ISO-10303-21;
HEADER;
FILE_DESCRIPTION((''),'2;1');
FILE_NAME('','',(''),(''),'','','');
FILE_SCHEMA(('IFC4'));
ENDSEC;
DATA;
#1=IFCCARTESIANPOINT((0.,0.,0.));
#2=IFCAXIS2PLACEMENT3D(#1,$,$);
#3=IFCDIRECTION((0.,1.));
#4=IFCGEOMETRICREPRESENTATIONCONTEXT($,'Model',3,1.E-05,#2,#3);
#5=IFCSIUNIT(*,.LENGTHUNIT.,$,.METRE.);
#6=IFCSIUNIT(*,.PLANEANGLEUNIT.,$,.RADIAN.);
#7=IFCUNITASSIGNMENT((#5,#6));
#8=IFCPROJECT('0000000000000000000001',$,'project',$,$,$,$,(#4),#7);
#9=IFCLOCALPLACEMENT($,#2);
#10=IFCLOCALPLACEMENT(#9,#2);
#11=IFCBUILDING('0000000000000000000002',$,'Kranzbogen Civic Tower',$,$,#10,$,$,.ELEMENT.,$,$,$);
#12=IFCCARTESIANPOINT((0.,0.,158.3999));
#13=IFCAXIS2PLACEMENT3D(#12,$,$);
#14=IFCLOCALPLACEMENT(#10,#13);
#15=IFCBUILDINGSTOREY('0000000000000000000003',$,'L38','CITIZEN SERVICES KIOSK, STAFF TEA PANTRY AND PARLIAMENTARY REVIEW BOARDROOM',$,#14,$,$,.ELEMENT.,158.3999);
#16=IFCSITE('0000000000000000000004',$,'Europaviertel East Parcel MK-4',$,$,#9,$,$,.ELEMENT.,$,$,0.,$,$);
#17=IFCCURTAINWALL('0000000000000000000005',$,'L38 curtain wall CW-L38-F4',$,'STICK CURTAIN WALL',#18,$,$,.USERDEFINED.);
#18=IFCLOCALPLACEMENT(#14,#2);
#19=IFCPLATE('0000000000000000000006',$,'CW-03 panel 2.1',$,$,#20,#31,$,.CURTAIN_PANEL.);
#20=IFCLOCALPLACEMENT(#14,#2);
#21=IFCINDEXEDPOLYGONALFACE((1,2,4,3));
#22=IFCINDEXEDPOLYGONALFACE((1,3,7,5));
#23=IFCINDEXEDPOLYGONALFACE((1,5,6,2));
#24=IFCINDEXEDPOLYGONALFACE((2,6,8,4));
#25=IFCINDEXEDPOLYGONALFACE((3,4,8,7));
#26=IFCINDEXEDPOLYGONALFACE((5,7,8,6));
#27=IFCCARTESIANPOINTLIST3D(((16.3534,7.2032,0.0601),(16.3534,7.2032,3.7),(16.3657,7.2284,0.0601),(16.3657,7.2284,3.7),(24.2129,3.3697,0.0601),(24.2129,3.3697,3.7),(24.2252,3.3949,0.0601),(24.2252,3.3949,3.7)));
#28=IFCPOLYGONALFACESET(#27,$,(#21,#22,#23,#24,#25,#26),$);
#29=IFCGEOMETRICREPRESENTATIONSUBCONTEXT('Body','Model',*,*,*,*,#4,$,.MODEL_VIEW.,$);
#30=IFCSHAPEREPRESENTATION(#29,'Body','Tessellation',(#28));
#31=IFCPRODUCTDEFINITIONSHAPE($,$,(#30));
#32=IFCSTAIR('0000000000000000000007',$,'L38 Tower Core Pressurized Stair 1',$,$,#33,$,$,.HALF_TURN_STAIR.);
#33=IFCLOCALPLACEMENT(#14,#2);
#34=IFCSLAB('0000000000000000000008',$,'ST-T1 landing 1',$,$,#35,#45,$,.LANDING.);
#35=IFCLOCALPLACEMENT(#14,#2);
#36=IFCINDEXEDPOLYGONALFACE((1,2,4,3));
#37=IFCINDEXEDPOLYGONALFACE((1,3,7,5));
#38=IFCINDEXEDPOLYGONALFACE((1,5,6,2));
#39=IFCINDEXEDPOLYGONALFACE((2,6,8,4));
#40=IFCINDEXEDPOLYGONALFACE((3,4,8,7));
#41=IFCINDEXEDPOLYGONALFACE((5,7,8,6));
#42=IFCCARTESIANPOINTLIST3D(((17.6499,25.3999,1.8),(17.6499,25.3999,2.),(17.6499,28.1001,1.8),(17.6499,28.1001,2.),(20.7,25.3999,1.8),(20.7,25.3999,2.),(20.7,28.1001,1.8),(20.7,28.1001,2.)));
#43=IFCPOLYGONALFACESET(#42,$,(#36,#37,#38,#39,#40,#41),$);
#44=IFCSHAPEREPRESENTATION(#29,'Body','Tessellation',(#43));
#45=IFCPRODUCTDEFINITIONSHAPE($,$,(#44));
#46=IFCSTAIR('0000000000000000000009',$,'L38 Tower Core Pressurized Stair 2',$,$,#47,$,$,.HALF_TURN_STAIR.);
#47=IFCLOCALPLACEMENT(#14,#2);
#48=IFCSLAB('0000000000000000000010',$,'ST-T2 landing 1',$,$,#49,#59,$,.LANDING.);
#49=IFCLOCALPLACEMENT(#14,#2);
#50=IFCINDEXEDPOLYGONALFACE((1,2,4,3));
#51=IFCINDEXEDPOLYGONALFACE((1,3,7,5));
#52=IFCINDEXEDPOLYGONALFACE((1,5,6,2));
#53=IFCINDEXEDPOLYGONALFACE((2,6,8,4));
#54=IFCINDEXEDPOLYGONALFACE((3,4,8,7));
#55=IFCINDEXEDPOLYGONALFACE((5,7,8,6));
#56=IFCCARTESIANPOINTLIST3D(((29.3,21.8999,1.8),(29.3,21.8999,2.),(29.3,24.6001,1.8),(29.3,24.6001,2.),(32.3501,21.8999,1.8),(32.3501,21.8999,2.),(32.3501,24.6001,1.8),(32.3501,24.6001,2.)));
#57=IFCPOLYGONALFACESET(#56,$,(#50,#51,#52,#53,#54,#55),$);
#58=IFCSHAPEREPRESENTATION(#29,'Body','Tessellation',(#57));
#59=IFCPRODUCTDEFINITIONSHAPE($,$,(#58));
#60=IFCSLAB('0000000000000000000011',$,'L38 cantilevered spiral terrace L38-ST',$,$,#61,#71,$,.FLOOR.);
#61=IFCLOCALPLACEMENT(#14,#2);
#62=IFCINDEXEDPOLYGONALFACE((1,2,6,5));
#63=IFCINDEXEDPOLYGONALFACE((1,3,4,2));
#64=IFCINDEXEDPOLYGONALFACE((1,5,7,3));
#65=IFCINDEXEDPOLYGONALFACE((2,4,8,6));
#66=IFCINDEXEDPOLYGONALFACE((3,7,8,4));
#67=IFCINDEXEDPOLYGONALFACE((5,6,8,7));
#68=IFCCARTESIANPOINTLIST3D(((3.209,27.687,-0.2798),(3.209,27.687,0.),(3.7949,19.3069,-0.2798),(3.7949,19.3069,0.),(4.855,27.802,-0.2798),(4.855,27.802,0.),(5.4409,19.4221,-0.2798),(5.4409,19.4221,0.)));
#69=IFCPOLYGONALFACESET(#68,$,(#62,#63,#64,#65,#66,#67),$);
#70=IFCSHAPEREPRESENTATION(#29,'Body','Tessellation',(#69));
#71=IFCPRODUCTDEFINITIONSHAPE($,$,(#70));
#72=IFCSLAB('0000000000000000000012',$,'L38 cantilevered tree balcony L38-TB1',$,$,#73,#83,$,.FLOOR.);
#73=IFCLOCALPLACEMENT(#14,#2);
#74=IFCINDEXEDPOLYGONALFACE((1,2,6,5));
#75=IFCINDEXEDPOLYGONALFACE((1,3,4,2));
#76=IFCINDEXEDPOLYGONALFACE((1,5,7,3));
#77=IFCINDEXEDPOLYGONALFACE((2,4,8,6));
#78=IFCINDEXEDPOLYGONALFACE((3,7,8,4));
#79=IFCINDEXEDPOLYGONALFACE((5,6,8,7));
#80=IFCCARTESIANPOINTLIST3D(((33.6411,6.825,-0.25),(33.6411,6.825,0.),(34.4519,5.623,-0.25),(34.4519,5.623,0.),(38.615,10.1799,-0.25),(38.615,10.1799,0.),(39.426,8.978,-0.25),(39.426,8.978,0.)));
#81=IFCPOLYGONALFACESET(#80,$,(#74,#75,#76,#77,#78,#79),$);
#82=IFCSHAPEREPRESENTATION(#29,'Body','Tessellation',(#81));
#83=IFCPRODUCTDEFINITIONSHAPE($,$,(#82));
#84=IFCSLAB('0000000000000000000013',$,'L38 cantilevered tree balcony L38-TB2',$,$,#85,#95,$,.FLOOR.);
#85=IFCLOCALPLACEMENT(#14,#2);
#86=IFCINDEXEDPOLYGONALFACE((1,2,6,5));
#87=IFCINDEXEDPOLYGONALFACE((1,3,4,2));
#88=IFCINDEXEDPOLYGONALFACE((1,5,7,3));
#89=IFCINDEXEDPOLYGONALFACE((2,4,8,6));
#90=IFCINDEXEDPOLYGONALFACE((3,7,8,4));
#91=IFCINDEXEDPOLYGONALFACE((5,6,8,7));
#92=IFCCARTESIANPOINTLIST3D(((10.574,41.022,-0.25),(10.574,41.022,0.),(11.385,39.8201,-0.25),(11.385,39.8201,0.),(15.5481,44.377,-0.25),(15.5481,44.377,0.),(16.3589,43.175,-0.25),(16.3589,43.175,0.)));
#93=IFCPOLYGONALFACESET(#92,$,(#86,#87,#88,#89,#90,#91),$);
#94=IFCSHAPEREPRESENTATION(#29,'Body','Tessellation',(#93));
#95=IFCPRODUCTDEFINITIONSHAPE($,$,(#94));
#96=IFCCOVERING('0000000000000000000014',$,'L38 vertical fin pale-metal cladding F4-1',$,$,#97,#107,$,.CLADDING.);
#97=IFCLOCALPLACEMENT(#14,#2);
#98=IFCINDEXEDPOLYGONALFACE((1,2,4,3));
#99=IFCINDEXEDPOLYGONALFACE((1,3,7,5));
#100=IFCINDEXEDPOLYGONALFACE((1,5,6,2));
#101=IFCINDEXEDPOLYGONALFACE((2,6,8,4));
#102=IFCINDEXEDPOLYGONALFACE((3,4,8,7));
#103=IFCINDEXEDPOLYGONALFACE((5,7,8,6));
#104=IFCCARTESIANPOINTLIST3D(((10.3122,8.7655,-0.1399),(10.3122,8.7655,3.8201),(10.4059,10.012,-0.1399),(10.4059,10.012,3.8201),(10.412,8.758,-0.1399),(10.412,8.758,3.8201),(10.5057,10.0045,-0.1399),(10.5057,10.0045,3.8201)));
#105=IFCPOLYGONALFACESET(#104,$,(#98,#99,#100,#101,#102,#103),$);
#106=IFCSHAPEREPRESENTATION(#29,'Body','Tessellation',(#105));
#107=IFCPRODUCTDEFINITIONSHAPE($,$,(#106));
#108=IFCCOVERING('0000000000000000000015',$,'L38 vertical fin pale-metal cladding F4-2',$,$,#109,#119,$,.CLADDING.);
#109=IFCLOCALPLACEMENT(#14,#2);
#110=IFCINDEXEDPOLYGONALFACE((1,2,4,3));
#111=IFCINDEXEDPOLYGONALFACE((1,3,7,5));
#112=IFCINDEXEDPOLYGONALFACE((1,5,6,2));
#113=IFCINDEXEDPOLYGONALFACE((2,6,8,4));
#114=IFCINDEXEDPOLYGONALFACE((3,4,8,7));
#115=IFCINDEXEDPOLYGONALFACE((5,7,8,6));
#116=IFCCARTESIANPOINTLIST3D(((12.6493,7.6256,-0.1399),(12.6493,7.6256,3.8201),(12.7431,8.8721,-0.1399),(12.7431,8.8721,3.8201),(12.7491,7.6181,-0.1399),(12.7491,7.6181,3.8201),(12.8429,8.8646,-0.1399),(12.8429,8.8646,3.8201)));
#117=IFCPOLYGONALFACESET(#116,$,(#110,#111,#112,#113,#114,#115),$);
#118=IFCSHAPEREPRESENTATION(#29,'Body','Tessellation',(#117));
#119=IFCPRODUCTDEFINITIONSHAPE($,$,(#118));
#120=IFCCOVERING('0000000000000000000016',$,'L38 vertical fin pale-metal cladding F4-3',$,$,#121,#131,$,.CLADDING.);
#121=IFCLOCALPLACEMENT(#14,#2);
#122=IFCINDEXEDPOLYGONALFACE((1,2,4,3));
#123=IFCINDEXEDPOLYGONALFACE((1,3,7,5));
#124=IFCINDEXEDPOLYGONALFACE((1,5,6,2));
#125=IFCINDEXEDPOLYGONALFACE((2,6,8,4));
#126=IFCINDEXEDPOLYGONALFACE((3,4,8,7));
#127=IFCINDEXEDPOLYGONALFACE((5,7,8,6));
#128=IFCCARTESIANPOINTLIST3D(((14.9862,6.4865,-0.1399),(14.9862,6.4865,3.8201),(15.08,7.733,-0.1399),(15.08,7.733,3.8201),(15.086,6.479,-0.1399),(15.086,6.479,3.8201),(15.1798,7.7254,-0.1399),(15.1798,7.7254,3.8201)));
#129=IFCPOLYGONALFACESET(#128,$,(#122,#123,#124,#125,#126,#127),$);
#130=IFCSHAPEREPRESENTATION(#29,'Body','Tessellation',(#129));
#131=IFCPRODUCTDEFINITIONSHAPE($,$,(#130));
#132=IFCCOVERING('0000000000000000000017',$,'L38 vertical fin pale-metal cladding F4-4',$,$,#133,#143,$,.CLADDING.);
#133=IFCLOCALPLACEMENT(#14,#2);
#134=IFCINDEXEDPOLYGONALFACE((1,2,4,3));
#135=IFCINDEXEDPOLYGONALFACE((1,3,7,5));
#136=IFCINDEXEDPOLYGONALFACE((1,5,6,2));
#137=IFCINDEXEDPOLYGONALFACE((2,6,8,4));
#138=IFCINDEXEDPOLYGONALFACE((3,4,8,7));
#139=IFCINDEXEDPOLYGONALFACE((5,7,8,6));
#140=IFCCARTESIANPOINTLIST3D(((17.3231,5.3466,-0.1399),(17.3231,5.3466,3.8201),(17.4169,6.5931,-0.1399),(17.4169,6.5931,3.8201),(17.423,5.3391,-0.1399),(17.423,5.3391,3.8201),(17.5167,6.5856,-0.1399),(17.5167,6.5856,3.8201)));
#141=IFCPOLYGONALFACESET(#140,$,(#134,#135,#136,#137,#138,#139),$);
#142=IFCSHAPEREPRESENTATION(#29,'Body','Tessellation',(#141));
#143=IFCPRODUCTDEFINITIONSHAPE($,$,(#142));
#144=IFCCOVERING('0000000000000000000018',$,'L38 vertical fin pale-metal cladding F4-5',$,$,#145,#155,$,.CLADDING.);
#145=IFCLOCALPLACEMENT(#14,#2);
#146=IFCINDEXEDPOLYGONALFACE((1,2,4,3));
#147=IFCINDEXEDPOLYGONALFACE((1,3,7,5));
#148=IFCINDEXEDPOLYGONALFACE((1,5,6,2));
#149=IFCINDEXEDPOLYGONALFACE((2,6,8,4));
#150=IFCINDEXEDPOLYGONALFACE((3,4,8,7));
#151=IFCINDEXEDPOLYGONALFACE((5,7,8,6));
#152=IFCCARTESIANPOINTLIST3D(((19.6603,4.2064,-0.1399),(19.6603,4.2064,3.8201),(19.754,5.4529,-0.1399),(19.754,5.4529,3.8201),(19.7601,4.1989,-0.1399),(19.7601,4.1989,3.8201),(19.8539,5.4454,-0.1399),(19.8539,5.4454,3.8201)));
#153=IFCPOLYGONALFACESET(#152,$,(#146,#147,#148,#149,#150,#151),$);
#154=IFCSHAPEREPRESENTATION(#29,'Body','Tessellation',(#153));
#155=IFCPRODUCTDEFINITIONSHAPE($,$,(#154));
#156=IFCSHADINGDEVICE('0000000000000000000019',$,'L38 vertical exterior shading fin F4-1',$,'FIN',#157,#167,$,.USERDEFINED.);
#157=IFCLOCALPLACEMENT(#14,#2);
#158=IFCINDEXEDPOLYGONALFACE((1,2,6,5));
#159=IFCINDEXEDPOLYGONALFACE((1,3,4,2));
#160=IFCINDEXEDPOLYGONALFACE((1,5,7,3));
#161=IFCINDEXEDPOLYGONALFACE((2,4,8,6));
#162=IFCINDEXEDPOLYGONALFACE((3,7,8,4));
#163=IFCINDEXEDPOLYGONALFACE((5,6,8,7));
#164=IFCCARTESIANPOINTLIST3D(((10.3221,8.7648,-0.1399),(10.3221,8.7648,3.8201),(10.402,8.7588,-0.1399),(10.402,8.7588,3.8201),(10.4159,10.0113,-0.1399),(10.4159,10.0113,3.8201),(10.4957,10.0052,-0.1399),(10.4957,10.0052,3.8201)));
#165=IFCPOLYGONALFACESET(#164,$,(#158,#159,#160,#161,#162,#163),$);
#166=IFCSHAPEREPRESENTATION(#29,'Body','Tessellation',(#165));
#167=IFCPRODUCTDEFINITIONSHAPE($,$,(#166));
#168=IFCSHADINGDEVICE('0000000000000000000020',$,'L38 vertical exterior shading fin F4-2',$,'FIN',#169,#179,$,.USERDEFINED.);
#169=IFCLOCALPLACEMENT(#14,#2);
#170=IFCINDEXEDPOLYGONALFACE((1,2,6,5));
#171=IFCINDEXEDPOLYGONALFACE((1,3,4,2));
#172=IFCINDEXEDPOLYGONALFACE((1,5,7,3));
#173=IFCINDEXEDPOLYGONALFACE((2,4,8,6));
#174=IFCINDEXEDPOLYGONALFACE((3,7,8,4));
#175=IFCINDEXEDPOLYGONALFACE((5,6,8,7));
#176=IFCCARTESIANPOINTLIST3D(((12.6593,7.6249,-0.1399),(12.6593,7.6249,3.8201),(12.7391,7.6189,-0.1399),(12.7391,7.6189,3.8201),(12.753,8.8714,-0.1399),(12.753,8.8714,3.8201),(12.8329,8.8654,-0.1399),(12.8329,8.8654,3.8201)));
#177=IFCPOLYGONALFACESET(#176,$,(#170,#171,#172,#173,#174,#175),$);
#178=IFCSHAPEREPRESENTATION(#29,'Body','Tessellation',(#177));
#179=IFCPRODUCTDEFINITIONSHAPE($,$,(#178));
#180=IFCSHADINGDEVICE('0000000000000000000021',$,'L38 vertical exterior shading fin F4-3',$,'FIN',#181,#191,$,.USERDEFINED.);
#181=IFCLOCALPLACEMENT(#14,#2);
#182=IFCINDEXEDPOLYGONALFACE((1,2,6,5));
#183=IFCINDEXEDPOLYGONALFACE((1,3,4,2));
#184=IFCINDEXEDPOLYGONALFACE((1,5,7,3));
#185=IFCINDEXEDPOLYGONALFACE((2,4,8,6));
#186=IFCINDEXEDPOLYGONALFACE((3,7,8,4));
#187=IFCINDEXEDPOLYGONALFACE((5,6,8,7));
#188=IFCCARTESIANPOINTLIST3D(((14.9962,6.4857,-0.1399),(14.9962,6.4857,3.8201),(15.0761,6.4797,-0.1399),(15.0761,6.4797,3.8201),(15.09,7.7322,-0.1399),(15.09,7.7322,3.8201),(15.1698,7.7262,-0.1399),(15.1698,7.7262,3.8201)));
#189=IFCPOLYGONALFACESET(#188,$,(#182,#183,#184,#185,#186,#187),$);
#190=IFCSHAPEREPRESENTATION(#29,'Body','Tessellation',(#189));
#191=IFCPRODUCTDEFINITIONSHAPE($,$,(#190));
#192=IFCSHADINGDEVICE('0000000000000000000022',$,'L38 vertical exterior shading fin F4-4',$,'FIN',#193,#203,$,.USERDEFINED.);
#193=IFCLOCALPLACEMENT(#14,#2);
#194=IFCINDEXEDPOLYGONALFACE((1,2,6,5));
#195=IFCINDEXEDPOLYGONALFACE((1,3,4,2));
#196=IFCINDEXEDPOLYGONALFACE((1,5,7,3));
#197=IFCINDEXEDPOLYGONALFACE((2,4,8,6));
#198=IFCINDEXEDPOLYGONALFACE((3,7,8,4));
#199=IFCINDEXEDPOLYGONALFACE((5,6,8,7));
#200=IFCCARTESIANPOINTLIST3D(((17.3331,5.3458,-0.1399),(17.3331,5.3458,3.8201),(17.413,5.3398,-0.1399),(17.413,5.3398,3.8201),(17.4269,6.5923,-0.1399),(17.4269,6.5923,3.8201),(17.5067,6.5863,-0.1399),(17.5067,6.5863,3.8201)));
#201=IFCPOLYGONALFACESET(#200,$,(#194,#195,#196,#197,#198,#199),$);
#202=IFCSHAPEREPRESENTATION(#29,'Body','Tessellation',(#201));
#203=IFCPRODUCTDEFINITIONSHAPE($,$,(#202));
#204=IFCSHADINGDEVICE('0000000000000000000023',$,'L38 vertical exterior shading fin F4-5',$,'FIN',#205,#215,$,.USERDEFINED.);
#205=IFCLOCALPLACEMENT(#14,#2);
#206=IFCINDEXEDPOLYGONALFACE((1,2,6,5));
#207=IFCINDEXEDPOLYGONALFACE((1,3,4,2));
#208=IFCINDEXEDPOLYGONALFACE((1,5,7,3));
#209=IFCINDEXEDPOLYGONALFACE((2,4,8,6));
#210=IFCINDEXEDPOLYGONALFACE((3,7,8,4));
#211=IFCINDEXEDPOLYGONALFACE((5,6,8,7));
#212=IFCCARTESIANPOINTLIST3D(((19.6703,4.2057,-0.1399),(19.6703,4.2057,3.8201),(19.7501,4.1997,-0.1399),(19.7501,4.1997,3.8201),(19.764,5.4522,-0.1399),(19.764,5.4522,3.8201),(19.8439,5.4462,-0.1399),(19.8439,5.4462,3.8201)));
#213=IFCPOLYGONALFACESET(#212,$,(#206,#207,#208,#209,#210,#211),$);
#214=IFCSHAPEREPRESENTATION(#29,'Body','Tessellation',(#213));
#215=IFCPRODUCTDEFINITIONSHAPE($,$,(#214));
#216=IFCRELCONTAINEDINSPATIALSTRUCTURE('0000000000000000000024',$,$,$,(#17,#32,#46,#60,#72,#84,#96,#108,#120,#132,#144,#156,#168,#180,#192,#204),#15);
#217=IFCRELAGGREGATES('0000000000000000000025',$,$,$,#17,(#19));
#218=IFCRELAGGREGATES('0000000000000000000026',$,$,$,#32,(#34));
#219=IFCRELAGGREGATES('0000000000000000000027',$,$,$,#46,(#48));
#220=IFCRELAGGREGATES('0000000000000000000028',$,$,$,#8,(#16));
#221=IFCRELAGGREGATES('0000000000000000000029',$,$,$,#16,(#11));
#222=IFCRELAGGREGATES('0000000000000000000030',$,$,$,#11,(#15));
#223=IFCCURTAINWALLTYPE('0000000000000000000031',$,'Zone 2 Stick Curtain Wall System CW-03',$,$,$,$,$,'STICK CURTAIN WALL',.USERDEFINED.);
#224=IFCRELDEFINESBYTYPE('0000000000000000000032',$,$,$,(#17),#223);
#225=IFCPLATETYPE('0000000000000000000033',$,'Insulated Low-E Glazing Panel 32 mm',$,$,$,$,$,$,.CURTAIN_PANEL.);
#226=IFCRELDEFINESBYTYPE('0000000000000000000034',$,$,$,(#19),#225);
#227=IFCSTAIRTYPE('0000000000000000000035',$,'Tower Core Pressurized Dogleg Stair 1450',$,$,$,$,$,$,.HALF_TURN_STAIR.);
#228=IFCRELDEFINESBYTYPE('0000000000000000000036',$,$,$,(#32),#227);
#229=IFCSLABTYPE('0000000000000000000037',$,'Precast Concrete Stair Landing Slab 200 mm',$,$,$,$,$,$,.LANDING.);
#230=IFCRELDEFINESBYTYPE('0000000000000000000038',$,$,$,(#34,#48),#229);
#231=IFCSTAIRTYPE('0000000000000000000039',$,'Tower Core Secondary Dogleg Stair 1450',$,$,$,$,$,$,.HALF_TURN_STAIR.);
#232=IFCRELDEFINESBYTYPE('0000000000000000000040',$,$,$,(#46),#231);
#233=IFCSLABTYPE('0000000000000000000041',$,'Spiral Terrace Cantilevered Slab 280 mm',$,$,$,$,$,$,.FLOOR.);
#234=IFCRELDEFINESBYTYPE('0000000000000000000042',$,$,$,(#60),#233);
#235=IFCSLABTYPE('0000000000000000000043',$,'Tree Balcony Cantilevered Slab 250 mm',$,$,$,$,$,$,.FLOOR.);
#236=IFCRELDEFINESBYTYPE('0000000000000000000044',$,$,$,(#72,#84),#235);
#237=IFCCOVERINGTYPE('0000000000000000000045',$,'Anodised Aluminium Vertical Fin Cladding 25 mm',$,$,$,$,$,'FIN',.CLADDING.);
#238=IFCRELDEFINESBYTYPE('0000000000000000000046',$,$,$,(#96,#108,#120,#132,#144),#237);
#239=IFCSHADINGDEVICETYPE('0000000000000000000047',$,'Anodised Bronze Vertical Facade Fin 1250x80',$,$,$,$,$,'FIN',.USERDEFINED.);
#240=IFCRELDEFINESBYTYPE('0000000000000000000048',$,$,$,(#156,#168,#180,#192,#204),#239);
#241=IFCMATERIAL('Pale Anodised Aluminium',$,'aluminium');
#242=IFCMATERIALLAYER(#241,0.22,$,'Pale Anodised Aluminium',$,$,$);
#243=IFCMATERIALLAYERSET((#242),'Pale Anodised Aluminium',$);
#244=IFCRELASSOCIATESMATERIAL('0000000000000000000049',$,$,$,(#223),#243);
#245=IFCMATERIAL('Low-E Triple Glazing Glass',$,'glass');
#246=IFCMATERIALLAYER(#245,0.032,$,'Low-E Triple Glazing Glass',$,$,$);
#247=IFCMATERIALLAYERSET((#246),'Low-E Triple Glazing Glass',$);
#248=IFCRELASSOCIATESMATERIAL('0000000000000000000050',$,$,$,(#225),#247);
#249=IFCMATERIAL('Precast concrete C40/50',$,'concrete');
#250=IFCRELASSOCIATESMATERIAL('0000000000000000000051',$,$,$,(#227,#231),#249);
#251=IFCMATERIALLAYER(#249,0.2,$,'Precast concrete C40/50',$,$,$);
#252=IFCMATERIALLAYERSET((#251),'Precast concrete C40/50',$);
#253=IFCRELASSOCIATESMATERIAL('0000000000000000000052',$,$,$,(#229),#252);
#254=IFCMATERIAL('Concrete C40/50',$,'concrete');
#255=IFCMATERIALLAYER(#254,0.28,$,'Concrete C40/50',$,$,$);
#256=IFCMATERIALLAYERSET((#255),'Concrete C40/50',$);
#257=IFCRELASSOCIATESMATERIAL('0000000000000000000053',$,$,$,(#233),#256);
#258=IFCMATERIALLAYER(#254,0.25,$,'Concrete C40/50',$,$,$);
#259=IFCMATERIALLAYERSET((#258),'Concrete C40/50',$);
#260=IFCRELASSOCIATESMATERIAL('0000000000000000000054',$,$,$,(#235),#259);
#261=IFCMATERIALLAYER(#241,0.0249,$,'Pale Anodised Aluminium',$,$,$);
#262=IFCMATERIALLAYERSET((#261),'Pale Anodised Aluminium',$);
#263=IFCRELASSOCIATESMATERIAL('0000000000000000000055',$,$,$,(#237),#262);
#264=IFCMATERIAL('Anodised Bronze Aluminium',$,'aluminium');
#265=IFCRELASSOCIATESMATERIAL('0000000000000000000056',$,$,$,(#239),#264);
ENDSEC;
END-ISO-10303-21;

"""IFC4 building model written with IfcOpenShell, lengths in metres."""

from ifc_helpers import new_model, si_unit, direction, frame, origin, origin_2d, place, context, subcontext, project, spatial, polyline, rectangle, outline, extrude, material, layer, layer_set, type_object, element, aggregate, save


model = new_model("IFC4")

# Units and contexts
model_context = context("Model", 3, precision=1e-05, world=origin(), true_north=direction((0.0, 1.0)))
body_context = subcontext(model_context, "Body", "Model", "MODEL_VIEW")
ifc_project = project(units=[si_unit("LENGTHUNIT", "METRE"), si_unit("PLANEANGLEUNIT", "RADIAN")], contexts=[model_context])

# Site, building, storey
site_placement = place(None, origin())
site = spatial("IfcSite", under=ifc_project, at=site_placement, Name="Europaviertel East Parcel MK-4", CompositionType="ELEMENT", RefElevation=0.0)
building_placement = place(site_placement, origin())
building = spatial("IfcBuilding", under=site, at=building_placement, Name="Kranzbogen Civic Tower", CompositionType="ELEMENT")
storey_placement = place(building_placement, frame((0.0, 0.0, 158.3999)))
storey = spatial("IfcBuildingStorey", under=building, at=storey_placement, Name="L38", Description="CITIZEN SERVICES KIOSK, STAFF TEA PANTRY AND PARLIAMENTARY REVIEW BOARDROOM", CompositionType="ELEMENT", Elevation=158.3999)

# Curtain wall
ifc_material_1 = material(Name="Pale Anodised Aluminium", Category="aluminium")
ifc_layer_1 = layer(ifc_material_1, 0.22, Name="Pale Anodised Aluminium")
ifc_layer_set_1 = layer_set([ifc_layer_1], Name="Pale Anodised Aluminium")
curtain_wall_type = type_object("IfcCurtainWallType", Name="Zone 2 Stick Curtain Wall System CW-03", ElementType="STICK CURTAIN WALL", PredefinedType="USERDEFINED", material=ifc_layer_set_1)
curtain_wall_placement = place(storey_placement, origin())
curtain_wall = element("IfcCurtainWall", 1, at=curtain_wall_placement, inside=storey, type_object=curtain_wall_type, Name="L38 curtain wall CW-L38-F4", ObjectType="STICK CURTAIN WALL", PredefinedType="USERDEFINED")

# Shared definitions
ifc_material_2 = material(Name="Concrete C40/50", Category="concrete")

# Plate
ifc_material_3 = material(Name="Low-E Triple Glazing Glass", Category="glass")
ifc_layer_2 = layer(ifc_material_3, 0.032, Name="Low-E Triple Glazing Glass")
ifc_layer_set_2 = layer_set([ifc_layer_2], Name="Low-E Triple Glazing Glass")
plate_type = type_object("IfcPlateType", Name="Insulated Low-E Glazing Panel 32 mm", PredefinedType="CURTAIN_PANEL", material=ifc_layer_set_2)
plate_1_placement = place(storey_placement, frame((20.2893, 5.2991, 0.0601), z_axis=(0.0, 0.0, 1.0), x_axis=(0.898787, -0.438386, 0.0)))
plate_1 = element("IfcPlate", 2, at=plate_1_placement, type_object=plate_type, Name="CW-03 panel 2.1", PredefinedType="CURTAIN_PANEL", context=body_context, shape_type="SweptSolid", body=[
    extrude(rectangle(XDim=8.7446, YDim=0.0281, at=origin_2d()), origin(), (0.0, 0.0, 1.0), 3.6399),
])
aggregate(curtain_wall, [plate_1])

# Stairs, slabs
ifc_material_4 = material(Name="Precast concrete C40/50", Category="concrete")
stair_type_1 = type_object("IfcStairType", Name="Tower Core Pressurized Dogleg Stair 1450", PredefinedType="HALF_TURN_STAIR", material=ifc_material_4)
stair_1_placement = place(storey_placement, origin())
stair_1 = element("IfcStair", 3, at=stair_1_placement, inside=storey, type_object=stair_type_1, Name="L38 Tower Core Pressurized Stair 1", PredefinedType="HALF_TURN_STAIR")
ifc_layer_3 = layer(ifc_material_4, 0.2, Name="Precast concrete C40/50")
ifc_layer_set_3 = layer_set([ifc_layer_3], Name="Precast concrete C40/50")
slab_type_1 = type_object("IfcSlabType", Name="Precast Concrete Stair Landing Slab 200 mm", PredefinedType="LANDING", material=ifc_layer_set_3)
slab_1_placement = place(storey_placement, frame((0.0, 0.0, 1.8)))
slab_1 = element("IfcSlab", 4, at=slab_1_placement, type_object=slab_type_1, Name="ST-T1 landing 1", PredefinedType="LANDING", context=body_context, shape_type="SweptSolid", body=[
    extrude(outline(polyline([(20.7, 25.3999), (20.7, 28.1001), (17.6499, 28.1001), (17.6499, 25.3999), (20.7, 25.3999)])), origin(), (0.0, 0.0, 1.0), 0.2),
])
aggregate(stair_1, [slab_1])
stair_type_2 = type_object("IfcStairType", Name="Tower Core Secondary Dogleg Stair 1450", PredefinedType="HALF_TURN_STAIR", material=ifc_material_4)
stair_2_placement = place(storey_placement, origin())
stair_2 = element("IfcStair", 5, at=stair_2_placement, inside=storey, type_object=stair_type_2, Name="L38 Tower Core Pressurized Stair 2", PredefinedType="HALF_TURN_STAIR")
slab_2_placement = place(storey_placement, frame((0.0, 0.0, 1.8)))
slab_2 = element("IfcSlab", 6, at=slab_2_placement, type_object=slab_type_1, Name="ST-T2 landing 1", PredefinedType="LANDING", context=body_context, shape_type="SweptSolid", body=[
    extrude(outline(polyline([(29.3, 24.6001), (29.3, 21.8999), (32.3501, 21.8999), (32.3501, 24.6001), (29.3, 24.6001)])), origin(), (0.0, 0.0, 1.0), 0.2),
])
aggregate(stair_2, [slab_2])

# Slabs
ifc_layer_4 = layer(ifc_material_2, 0.28, Name="Concrete C40/50")
ifc_layer_set_4 = layer_set([ifc_layer_4], Name="Concrete C40/50")
slab_type_2 = type_object("IfcSlabType", Name="Spiral Terrace Cantilevered Slab 280 mm", PredefinedType="FLOOR", material=ifc_layer_set_4)
slab_3_placement = place(storey_placement, frame((0.0, 0.0, -0.2798)))
element("IfcSlab", 7, at=slab_3_placement, inside=storey, type_object=slab_type_2, Name="L38 cantilevered spiral terrace L38-ST", PredefinedType="FLOOR", context=body_context, shape_type="SweptSolid", body=[
    extrude(outline(polyline([(4.855, 27.802), (5.4409, 19.4221), (3.7949, 19.3069), (3.209, 27.687), (4.855, 27.802)])), origin(), (0.0, 0.0, 1.0), 0.2798),
])
ifc_layer_5 = layer(ifc_material_2, 0.25, Name="Concrete C40/50")
ifc_layer_set_5 = layer_set([ifc_layer_5], Name="Concrete C40/50")
slab_type_3 = type_object("IfcSlabType", Name="Tree Balcony Cantilevered Slab 250 mm", PredefinedType="FLOOR", material=ifc_layer_set_5)
slab_4_placement = place(storey_placement, frame((0.0, 0.0, -0.25)))
element("IfcSlab", 8, at=slab_4_placement, inside=storey, type_object=slab_type_3, Name="L38 cantilevered tree balcony L38-TB1", PredefinedType="FLOOR", context=body_context, shape_type="SweptSolid", body=[
    extrude(outline(polyline([(33.6411, 6.825), (38.615, 10.1799), (39.426, 8.978), (34.4519, 5.623), (33.6411, 6.825)])), origin(), (0.0, 0.0, 1.0), 0.25),
])
slab_5_placement = place(storey_placement, frame((0.0, 0.0, -0.25)))
element("IfcSlab", 9, at=slab_5_placement, inside=storey, type_object=slab_type_3, Name="L38 cantilevered tree balcony L38-TB2", PredefinedType="FLOOR", context=body_context, shape_type="SweptSolid", body=[
    extrude(outline(polyline([(16.3589, 43.175), (11.385, 39.8201), (10.574, 41.022), (15.5481, 44.377), (16.3589, 43.175)])), origin(), (0.0, 0.0, 1.0), 0.25),
])

# Coverings
ifc_layer_6 = layer(ifc_material_1, 0.0249, Name="Pale Anodised Aluminium")
ifc_layer_set_6 = layer_set([ifc_layer_6], Name="Pale Anodised Aluminium")
covering_type_1 = type_object("IfcCoveringType", Name="Anodised Aluminium Vertical Fin Cladding 25 mm", ElementType="FIN", PredefinedType="CLADDING", material=ifc_layer_set_6)
for number, where, z_axis, x_axis, name in (
    (10, (10.4089, 9.385, -0.1399), (0.0, 0.0, 1.0), (-0.074996, -0.997184, 0.0), "L38 vertical fin pale-metal cladding F4-1"),
    (11, (12.7461, 8.2451, -0.1399), (0.0, 0.0, 1.0), (-0.074996, -0.997184, 0.0), "L38 vertical fin pale-metal cladding F4-2"),
    (12, (15.083, 7.106, -0.1399), (0.0, 0.0, 1.0), (-0.074996, -0.997184, 0.0), "L38 vertical fin pale-metal cladding F4-3"),
    (13, (17.4199, 5.9661, -0.1399), (0.0, 0.0, 1.0), (-0.074996, -0.997184, 0.0), "L38 vertical fin pale-metal cladding F4-4"),
    (14, (19.7571, 4.8259, -0.1399), (0.0, 0.0, 1.0), (-0.074996, -0.997184, 0.0), "L38 vertical fin pale-metal cladding F4-5"),
):
    element("IfcCovering", number, at=place(storey_placement, frame(where, z_axis=z_axis, x_axis=x_axis)), inside=storey, type_object=covering_type_1, Name=name, PredefinedType="CLADDING", context=body_context, shape_type="SweptSolid", body=[
        extrude(rectangle(XDim=1.25, YDim=0.1001, at=origin_2d()), origin(), (0.0, 0.0, 1.0), 3.96),
    ])

# Shading devices
ifc_material_5 = material(Name="Anodised Bronze Aluminium", Category="aluminium")
shading_device_type = type_object("IfcShadingDeviceType", Name="Anodised Bronze Vertical Facade Fin 1250x80", ElementType="FIN", PredefinedType="USERDEFINED", material=ifc_material_5)
for number, where, z_axis, x_axis, name in (
    (15, (10.4089, 9.385, -0.1399), (0.0, 0.0, 1.0), (-0.074996, -0.997184, 0.0), "L38 vertical exterior shading fin F4-1"),
    (16, (12.7461, 8.2451, -0.1399), (0.0, 0.0, 1.0), (-0.074996, -0.997184, 0.0), "L38 vertical exterior shading fin F4-2"),
    (17, (15.083, 7.106, -0.1399), (0.0, 0.0, 1.0), (-0.074996, -0.997184, 0.0), "L38 vertical exterior shading fin F4-3"),
    (18, (17.4199, 5.9661, -0.1399), (0.0, 0.0, 1.0), (-0.074996, -0.997184, 0.0), "L38 vertical exterior shading fin F4-4"),
    (19, (19.7571, 4.8259, -0.1399), (0.0, 0.0, 1.0), (-0.074996, -0.997184, 0.0), "L38 vertical exterior shading fin F4-5"),
):
    element("IfcShadingDevice", number, at=place(storey_placement, frame(where, z_axis=z_axis, x_axis=x_axis)), inside=storey, type_object=shading_device_type, Name=name, ObjectType="FIN", PredefinedType="USERDEFINED", context=body_context, shape_type="SweptSolid", body=[
        extrude(rectangle(XDim=1.25, YDim=0.0801, at=origin_2d()), origin(), (0.0, 0.0, 1.0), 3.96),
    ])

save(model, "model.ifc")
